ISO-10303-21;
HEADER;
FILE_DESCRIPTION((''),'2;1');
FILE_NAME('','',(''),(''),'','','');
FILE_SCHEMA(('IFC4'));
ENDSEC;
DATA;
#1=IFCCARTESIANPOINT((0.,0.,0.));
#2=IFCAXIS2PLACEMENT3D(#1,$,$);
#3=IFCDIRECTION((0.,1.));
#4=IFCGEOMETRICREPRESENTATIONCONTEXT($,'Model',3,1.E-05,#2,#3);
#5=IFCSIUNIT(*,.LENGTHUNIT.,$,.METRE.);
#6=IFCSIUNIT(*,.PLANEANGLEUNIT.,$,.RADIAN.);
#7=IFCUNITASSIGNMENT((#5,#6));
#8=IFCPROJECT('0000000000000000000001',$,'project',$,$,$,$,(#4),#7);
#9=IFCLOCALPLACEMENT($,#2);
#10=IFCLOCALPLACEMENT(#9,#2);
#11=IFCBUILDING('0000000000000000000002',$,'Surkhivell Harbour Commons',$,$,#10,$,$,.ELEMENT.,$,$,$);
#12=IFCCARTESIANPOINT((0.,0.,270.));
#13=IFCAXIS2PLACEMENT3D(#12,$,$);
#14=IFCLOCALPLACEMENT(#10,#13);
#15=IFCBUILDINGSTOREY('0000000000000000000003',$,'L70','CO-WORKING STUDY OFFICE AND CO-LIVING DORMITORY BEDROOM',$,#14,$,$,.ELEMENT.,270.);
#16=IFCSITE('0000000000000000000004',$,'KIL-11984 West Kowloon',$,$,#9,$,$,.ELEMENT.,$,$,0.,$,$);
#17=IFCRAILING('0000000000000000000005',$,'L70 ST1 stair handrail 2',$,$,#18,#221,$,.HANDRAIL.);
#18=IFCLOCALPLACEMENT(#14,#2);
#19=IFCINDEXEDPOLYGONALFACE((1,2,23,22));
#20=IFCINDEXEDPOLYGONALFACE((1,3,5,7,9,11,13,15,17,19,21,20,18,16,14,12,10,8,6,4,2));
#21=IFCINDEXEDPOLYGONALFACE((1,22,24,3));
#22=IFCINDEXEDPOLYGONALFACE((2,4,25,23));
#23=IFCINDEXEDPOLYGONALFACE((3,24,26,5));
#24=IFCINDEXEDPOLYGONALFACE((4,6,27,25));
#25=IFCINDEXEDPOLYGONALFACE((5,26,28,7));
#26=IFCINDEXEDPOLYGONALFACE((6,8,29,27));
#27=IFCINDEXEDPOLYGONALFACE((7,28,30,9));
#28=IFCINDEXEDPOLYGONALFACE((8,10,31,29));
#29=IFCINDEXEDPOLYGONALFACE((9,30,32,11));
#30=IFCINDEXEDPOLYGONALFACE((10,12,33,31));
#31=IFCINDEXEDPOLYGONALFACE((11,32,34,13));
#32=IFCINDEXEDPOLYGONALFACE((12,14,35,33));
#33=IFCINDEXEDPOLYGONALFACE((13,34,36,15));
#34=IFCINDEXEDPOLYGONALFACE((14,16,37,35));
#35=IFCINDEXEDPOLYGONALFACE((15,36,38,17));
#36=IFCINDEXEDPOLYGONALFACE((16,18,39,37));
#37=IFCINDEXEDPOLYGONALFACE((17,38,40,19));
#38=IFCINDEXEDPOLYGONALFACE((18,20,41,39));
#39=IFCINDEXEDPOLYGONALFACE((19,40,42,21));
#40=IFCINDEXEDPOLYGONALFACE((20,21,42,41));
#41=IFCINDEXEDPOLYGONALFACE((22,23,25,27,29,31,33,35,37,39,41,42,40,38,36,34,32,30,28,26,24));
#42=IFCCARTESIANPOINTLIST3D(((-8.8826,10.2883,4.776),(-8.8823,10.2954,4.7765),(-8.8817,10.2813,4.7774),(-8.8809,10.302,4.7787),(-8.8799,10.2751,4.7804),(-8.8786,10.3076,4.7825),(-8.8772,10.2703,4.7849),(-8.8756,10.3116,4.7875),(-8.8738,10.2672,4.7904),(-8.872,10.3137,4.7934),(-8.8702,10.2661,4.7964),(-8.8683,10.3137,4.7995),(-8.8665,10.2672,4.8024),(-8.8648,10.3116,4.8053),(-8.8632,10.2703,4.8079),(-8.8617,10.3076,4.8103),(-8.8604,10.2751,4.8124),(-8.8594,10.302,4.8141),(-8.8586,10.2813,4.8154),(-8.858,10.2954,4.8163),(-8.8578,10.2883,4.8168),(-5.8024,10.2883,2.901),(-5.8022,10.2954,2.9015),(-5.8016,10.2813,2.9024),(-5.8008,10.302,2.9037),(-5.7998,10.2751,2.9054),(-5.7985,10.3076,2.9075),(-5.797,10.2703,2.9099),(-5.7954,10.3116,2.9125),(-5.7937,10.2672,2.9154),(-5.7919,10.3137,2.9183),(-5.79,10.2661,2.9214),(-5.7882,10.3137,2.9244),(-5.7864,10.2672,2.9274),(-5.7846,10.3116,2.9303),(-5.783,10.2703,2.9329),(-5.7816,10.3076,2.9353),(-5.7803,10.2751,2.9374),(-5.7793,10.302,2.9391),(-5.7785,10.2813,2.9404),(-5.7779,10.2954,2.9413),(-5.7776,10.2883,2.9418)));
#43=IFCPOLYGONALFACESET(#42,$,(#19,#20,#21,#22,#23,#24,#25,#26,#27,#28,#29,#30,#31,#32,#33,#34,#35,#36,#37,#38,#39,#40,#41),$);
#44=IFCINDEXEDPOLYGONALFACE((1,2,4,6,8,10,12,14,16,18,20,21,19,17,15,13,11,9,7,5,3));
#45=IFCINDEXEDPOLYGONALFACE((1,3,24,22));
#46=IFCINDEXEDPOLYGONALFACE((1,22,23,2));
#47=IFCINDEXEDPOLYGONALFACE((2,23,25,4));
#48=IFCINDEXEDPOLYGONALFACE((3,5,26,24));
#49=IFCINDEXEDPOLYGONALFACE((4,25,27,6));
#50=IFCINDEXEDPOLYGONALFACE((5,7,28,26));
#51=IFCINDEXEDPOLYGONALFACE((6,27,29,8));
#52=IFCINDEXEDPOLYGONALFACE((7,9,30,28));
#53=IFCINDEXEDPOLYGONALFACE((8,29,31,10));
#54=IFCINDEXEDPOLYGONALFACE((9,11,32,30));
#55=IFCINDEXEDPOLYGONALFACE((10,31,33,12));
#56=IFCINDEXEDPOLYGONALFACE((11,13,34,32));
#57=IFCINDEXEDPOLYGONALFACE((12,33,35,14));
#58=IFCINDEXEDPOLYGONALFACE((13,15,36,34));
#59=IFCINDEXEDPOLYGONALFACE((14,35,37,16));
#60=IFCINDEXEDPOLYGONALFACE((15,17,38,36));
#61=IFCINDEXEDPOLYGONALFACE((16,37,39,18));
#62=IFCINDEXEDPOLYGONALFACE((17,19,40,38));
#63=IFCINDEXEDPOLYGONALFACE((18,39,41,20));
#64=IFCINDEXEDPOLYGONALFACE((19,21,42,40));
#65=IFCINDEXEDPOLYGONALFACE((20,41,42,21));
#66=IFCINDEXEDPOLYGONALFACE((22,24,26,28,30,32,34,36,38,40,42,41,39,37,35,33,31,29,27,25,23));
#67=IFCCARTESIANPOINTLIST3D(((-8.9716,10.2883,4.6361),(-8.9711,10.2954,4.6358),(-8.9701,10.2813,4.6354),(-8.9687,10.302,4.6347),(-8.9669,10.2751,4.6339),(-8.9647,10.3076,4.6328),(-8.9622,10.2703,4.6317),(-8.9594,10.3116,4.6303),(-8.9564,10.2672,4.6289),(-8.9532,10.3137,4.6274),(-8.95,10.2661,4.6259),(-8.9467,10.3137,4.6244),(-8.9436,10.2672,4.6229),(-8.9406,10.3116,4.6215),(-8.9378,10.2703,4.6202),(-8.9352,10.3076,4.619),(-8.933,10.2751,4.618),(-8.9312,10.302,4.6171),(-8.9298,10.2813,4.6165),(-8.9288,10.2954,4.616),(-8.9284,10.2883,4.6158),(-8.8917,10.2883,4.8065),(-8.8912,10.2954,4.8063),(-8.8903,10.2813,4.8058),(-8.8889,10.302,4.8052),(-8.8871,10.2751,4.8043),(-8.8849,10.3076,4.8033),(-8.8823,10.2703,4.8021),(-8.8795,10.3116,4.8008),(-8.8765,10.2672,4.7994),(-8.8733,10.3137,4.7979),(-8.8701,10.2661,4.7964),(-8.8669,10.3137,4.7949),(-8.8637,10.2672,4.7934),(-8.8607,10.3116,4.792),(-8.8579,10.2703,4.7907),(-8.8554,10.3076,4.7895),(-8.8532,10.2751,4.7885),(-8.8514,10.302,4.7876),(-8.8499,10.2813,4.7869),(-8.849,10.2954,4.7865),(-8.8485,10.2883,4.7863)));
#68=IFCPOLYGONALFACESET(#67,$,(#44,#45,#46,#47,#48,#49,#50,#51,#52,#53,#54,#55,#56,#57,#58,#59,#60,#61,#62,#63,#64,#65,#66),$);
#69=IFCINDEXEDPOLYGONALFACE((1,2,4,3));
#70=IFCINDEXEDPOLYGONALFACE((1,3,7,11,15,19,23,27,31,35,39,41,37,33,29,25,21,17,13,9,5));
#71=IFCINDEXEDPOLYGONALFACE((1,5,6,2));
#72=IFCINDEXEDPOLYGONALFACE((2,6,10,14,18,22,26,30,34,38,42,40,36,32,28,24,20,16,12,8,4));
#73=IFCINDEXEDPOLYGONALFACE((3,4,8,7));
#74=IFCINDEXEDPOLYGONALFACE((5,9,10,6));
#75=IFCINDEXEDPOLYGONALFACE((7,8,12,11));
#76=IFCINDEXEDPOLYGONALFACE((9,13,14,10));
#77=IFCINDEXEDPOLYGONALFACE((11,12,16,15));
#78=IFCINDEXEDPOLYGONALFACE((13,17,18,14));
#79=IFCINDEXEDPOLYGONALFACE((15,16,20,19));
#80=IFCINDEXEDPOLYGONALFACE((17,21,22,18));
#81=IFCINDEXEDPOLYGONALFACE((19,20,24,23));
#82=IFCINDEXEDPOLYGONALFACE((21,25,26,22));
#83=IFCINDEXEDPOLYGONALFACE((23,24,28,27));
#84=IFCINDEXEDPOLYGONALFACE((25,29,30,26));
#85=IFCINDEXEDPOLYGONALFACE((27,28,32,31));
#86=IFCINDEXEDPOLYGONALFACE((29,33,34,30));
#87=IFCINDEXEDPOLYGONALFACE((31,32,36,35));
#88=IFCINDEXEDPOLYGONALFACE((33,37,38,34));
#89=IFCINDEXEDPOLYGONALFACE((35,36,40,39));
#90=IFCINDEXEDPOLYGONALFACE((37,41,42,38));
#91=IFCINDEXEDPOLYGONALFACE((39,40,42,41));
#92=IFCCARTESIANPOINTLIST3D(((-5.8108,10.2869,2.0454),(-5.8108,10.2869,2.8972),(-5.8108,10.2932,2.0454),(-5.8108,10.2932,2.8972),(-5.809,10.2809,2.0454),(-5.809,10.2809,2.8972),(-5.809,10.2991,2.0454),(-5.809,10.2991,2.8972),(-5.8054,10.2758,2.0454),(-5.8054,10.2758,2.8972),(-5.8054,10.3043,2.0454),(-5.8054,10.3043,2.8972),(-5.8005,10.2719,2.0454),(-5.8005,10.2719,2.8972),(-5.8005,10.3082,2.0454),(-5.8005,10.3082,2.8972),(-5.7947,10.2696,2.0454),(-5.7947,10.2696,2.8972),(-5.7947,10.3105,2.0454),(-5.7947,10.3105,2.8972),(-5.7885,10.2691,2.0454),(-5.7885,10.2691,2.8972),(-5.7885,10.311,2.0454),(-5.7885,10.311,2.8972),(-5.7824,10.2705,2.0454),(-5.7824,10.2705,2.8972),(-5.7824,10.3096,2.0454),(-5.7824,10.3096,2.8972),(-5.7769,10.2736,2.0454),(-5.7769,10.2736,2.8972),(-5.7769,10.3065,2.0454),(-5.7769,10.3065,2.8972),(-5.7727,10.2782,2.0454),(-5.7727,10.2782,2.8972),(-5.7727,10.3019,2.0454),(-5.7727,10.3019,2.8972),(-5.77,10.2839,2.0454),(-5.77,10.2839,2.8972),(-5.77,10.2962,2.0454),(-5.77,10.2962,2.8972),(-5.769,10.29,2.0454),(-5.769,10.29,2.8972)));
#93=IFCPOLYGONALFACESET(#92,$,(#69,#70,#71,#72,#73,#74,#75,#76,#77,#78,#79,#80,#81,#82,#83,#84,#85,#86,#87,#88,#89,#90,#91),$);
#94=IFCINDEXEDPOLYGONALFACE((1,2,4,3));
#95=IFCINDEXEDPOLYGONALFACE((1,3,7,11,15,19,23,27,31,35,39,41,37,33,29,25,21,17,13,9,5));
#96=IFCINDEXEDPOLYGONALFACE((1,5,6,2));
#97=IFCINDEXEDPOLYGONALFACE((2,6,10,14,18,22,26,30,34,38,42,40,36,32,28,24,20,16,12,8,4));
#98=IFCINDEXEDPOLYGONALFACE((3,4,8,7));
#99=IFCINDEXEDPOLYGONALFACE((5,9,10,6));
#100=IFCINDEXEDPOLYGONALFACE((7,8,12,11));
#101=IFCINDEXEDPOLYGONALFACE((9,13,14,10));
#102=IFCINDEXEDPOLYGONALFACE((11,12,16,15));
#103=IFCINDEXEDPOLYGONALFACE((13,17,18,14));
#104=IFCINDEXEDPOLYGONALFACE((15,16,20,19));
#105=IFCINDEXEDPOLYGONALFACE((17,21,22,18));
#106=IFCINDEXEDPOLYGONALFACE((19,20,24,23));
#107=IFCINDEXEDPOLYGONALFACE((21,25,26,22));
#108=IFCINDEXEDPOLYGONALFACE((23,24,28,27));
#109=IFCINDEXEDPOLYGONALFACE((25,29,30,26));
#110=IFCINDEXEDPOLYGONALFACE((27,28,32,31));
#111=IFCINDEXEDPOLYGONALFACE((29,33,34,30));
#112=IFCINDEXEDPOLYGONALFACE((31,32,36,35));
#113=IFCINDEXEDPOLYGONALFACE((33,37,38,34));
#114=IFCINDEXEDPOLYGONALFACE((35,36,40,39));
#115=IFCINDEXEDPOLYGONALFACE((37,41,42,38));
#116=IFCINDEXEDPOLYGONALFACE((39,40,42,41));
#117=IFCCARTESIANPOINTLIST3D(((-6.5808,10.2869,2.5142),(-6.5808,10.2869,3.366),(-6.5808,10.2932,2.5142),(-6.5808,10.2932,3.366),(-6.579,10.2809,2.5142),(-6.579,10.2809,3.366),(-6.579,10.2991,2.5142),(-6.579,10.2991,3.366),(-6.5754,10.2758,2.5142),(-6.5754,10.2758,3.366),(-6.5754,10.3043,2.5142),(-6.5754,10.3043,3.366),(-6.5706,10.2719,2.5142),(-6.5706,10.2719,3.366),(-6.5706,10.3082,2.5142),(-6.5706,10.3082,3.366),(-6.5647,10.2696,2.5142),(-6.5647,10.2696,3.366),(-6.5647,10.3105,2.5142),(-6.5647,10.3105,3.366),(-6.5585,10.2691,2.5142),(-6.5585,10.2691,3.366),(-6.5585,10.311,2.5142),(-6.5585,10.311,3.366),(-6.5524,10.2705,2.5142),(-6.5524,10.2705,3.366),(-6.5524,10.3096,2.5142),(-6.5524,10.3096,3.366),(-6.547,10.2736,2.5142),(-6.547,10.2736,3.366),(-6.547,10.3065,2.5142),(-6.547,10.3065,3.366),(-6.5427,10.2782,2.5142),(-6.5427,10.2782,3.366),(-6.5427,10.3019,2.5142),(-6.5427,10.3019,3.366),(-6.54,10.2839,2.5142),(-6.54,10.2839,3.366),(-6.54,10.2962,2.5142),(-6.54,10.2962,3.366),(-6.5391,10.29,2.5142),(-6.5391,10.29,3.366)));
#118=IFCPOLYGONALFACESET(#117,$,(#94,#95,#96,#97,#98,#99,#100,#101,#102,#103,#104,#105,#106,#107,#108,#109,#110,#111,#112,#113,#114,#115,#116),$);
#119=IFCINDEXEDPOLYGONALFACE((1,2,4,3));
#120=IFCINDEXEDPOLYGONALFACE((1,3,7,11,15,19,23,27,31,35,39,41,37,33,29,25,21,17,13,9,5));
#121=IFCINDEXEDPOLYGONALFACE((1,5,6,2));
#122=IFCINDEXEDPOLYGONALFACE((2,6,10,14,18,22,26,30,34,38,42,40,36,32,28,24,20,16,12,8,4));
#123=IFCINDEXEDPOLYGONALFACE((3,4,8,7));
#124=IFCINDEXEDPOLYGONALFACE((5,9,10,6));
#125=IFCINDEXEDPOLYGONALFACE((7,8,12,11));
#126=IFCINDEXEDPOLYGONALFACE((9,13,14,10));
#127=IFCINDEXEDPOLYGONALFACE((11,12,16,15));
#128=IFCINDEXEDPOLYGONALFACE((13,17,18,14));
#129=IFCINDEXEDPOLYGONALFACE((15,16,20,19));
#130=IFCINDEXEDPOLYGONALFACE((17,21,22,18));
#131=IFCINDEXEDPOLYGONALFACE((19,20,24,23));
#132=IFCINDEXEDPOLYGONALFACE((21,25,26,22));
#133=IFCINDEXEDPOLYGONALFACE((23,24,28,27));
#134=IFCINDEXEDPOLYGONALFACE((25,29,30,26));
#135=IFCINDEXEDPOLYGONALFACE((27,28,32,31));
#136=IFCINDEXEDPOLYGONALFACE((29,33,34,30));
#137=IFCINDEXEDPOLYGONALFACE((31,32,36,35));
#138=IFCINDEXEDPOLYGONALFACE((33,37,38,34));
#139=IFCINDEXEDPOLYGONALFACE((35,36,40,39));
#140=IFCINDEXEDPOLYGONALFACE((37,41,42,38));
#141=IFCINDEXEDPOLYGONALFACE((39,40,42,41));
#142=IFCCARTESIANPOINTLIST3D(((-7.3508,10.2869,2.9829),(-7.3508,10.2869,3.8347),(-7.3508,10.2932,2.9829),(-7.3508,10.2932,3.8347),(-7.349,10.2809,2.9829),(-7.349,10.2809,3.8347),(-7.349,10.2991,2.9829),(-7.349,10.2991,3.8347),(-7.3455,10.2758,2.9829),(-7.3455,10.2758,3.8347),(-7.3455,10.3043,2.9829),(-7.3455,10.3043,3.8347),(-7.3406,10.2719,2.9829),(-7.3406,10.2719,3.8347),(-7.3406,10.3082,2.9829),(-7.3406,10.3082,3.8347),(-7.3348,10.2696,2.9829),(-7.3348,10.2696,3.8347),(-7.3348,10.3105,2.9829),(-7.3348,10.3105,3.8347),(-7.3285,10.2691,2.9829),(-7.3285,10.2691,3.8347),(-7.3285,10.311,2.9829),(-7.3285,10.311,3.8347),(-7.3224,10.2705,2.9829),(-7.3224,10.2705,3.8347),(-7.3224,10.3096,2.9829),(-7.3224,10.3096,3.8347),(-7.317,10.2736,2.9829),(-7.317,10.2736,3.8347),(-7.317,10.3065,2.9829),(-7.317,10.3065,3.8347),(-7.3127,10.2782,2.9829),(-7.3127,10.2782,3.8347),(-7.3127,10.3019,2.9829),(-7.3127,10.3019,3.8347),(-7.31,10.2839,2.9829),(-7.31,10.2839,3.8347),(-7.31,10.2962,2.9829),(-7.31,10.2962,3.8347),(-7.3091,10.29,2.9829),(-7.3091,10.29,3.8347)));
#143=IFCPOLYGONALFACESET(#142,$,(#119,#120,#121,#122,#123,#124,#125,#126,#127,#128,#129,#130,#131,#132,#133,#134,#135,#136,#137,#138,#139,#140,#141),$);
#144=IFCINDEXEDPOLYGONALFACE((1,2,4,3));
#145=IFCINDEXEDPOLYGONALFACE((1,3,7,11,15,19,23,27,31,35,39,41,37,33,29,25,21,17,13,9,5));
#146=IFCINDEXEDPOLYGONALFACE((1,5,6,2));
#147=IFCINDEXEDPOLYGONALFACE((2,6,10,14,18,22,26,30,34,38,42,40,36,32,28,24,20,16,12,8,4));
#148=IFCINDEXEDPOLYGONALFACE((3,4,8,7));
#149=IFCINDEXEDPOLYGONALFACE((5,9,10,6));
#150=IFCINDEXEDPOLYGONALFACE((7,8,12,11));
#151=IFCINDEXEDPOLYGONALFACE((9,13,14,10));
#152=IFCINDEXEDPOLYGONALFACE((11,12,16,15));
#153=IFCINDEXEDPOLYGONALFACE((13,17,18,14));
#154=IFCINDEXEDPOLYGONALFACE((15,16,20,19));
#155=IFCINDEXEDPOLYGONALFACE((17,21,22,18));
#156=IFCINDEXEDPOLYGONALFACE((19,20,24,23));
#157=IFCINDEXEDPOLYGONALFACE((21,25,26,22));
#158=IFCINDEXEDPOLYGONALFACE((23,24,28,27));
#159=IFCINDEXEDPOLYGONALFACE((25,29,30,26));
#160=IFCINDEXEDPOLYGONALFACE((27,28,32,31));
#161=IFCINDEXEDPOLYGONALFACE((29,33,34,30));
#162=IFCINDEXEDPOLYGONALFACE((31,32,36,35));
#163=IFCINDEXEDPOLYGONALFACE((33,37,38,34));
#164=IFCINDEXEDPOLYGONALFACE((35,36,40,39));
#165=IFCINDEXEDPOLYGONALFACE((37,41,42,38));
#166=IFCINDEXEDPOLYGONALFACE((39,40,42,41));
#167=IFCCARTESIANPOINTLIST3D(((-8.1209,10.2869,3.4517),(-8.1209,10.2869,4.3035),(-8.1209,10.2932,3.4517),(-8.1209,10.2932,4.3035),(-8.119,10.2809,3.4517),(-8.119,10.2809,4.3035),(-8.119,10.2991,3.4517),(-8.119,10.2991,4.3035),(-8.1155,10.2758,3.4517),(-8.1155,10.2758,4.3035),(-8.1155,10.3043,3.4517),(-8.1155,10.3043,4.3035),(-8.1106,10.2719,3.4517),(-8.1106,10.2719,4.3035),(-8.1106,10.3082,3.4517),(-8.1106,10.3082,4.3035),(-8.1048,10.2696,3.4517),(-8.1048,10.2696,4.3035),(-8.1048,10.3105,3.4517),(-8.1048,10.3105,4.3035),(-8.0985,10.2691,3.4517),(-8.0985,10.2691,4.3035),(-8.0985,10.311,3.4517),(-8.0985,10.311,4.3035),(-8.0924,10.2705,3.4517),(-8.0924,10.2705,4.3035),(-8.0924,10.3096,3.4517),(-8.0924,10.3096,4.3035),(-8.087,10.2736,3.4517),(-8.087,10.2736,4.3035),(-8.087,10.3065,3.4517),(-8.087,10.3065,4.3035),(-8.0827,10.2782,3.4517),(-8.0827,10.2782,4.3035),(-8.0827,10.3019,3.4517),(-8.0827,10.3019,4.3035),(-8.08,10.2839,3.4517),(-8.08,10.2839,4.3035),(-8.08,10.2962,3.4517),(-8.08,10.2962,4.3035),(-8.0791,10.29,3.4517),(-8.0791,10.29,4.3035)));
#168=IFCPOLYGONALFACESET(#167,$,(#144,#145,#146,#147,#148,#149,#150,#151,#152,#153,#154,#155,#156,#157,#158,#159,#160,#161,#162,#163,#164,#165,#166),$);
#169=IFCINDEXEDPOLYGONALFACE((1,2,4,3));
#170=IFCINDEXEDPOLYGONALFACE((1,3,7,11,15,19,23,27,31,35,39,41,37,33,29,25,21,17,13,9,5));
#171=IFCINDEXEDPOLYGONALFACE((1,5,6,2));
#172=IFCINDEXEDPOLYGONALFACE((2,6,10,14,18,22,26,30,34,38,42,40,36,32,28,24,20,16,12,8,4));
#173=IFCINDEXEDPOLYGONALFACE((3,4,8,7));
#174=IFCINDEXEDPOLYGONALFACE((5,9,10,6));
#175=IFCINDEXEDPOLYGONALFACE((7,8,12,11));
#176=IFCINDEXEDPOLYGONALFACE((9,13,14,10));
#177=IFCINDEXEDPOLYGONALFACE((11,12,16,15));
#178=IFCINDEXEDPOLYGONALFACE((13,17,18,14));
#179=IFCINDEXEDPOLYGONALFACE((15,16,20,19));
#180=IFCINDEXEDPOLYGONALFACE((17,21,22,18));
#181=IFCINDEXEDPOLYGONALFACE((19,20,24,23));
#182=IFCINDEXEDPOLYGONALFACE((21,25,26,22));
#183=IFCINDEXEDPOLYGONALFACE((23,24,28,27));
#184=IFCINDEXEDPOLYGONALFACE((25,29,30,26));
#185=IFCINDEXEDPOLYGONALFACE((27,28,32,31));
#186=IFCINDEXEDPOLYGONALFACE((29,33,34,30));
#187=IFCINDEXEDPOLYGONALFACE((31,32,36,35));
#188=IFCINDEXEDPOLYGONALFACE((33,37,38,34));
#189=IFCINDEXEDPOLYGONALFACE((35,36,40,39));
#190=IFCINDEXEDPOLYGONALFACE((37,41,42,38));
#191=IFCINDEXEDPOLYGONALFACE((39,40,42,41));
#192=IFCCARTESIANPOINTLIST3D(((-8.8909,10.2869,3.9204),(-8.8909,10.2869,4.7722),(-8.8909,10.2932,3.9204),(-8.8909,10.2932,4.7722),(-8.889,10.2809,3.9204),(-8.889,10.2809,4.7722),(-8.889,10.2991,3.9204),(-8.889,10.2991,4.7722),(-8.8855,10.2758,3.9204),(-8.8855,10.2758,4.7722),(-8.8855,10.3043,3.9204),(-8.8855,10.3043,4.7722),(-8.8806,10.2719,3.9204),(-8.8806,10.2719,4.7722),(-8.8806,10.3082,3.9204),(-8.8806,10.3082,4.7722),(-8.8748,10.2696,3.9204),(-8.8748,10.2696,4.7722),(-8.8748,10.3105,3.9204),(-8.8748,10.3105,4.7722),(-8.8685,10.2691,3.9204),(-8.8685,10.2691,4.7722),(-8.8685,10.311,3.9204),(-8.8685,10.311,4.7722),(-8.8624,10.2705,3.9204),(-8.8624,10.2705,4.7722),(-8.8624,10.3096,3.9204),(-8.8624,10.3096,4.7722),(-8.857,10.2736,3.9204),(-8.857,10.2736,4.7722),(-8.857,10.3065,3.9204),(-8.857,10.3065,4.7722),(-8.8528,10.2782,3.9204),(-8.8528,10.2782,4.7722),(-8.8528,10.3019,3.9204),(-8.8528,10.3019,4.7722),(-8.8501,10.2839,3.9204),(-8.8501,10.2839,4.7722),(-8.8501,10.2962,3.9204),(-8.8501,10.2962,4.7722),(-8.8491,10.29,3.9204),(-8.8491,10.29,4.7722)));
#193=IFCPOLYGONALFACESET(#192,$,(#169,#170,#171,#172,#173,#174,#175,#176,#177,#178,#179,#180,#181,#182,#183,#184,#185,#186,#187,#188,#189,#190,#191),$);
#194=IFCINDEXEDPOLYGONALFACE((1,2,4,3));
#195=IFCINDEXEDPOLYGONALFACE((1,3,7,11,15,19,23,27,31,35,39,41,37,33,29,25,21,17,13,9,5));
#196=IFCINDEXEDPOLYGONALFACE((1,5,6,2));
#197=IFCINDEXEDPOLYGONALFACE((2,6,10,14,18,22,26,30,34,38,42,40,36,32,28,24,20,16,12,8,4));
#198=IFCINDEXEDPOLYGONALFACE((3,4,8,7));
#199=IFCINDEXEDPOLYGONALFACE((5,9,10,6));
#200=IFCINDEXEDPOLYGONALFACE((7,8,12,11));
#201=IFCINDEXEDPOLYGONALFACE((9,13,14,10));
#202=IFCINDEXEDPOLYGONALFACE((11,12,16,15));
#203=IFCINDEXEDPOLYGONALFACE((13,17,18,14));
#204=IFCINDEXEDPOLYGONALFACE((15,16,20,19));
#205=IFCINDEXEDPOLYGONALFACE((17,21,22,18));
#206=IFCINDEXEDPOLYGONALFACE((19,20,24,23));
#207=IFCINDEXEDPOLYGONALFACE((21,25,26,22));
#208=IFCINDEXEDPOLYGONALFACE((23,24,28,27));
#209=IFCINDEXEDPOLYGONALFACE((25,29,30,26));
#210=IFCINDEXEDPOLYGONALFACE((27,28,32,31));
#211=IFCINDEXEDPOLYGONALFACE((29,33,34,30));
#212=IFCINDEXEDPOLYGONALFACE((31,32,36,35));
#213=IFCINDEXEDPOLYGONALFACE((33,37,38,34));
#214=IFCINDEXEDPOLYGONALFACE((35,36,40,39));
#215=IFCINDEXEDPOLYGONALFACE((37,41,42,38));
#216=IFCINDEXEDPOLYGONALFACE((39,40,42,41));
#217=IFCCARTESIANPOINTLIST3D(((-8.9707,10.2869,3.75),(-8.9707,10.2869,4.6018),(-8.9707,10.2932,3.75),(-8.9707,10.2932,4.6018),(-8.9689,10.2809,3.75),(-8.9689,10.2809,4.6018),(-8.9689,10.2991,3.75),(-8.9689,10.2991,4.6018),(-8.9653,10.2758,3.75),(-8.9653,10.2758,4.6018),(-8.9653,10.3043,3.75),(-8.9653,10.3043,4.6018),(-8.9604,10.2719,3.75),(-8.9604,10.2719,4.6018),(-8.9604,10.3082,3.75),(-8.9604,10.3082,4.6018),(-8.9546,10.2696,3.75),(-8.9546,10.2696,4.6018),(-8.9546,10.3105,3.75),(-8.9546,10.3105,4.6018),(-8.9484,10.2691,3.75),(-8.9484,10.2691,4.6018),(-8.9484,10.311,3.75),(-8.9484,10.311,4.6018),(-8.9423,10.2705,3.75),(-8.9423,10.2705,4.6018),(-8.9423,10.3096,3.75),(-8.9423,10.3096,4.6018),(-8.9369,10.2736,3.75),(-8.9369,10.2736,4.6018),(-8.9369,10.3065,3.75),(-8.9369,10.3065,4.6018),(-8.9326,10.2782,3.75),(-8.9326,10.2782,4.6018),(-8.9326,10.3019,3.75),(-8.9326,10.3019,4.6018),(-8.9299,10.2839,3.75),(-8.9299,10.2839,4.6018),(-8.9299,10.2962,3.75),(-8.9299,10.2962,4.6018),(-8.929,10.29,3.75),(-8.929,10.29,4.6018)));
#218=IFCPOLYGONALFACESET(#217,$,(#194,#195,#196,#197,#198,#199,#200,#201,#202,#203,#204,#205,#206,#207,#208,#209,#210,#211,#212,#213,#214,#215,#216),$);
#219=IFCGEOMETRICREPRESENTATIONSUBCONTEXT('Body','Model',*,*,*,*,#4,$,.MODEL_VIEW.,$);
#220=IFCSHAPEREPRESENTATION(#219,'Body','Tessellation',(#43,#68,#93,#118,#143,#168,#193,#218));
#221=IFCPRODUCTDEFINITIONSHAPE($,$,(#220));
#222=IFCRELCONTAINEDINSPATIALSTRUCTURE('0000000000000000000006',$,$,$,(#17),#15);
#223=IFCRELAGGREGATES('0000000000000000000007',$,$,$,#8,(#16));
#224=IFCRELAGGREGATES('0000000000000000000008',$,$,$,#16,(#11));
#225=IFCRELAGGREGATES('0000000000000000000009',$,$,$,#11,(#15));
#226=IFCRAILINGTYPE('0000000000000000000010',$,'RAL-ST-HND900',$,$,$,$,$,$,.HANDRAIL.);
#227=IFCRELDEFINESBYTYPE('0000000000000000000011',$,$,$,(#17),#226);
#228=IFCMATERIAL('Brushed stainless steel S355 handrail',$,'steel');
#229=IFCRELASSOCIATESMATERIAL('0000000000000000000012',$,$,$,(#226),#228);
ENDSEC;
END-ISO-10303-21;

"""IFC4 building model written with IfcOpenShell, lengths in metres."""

from ifc_helpers import new_model, si_unit, direction, frame, origin, origin_2d, place, context, subcontext, project, spatial, circle, extrude, material, type_object, element, save


model = new_model("IFC4")

# Units and contexts
model_context = context("Model", 3, precision=1e-05, world=origin(), true_north=direction((0.0, 1.0)))
body_context = subcontext(model_context, "Body", "Model", "MODEL_VIEW")
ifc_project = project(units=[si_unit("LENGTHUNIT", "METRE"), si_unit("PLANEANGLEUNIT", "RADIAN")], contexts=[model_context])

# Site, building, storey
site_placement = place(None, origin())
site = spatial("IfcSite", under=ifc_project, at=site_placement, Name="KIL-11984 West Kowloon", CompositionType="ELEMENT", RefElevation=0.0)
building_placement = place(site_placement, origin())
building = spatial("IfcBuilding", under=site, at=building_placement, Name="Surkhivell Harbour Commons", CompositionType="ELEMENT")
storey_placement = place(building_placement, frame((0.0, 0.0, 270.0)))
storey = spatial("IfcBuildingStorey", under=building, at=storey_placement, Name="L70", Description="CO-WORKING STUDY OFFICE AND CO-LIVING DORMITORY BEDROOM", CompositionType="ELEMENT", Elevation=270.0)

# Railing
ifc_material_1 = material(Name="Brushed stainless steel S355 handrail", Category="steel")
railing_type_1 = type_object("IfcRailingType", Name="RAL-ST-HND900", PredefinedType="HANDRAIL", material=ifc_material_1)
railing_1_placement = place(storey_placement, frame((-5.79, 10.29, 2.0454)))
element("IfcRailing", 1, at=railing_1_placement, inside=storey, type_object=railing_type_1, Name="L70 ST1 stair handrail 2", PredefinedType="HANDRAIL", context=body_context, shape_type="SweptSolid", body=[
    extrude(circle(Radius=0.0239, at=origin_2d()), frame((0.0, 0.0, 0.876), z_axis=(-0.854178, 0.0, 0.519981), x_axis=(0.0, -1.0, 0.0)), (0.0, 0.0, 1.0), 3.606),
    extrude(circle(Radius=0.0239, at=origin_2d()), frame((-3.0801, 0.0, 2.751), z_axis=(-0.424234, 0.0, -0.905552), x_axis=(0.0, -1.0, 0.0)), (0.0, 0.0, 1.0), 0.1882),
    extrude(circle(Radius=0.021, at=origin_2d()), origin(), (0.0, 0.0, 1.0), 0.8518),
    extrude(circle(Radius=0.021, at=origin_2d()), frame((-0.77, 0.0, 0.4688)), (0.0, 0.0, 1.0), 0.8518),
    extrude(circle(Radius=0.021, at=origin_2d()), frame((-1.54, 0.0, 0.9375)), (0.0, 0.0, 1.0), 0.8518),
    extrude(circle(Radius=0.021, at=origin_2d()), frame((-2.3101, 0.0, 1.4062)), (0.0, 0.0, 1.0), 0.8518),
    extrude(circle(Radius=0.021, at=origin_2d()), frame((-3.0801, 0.0, 1.875)), (0.0, 0.0, 1.0), 0.8518),
    extrude(circle(Radius=0.021, at=origin_2d()), frame((-3.1599, 0.0, 1.7046)), (0.0, 0.0, 1.0), 0.8518),
])

save(model, "model.ifc")
